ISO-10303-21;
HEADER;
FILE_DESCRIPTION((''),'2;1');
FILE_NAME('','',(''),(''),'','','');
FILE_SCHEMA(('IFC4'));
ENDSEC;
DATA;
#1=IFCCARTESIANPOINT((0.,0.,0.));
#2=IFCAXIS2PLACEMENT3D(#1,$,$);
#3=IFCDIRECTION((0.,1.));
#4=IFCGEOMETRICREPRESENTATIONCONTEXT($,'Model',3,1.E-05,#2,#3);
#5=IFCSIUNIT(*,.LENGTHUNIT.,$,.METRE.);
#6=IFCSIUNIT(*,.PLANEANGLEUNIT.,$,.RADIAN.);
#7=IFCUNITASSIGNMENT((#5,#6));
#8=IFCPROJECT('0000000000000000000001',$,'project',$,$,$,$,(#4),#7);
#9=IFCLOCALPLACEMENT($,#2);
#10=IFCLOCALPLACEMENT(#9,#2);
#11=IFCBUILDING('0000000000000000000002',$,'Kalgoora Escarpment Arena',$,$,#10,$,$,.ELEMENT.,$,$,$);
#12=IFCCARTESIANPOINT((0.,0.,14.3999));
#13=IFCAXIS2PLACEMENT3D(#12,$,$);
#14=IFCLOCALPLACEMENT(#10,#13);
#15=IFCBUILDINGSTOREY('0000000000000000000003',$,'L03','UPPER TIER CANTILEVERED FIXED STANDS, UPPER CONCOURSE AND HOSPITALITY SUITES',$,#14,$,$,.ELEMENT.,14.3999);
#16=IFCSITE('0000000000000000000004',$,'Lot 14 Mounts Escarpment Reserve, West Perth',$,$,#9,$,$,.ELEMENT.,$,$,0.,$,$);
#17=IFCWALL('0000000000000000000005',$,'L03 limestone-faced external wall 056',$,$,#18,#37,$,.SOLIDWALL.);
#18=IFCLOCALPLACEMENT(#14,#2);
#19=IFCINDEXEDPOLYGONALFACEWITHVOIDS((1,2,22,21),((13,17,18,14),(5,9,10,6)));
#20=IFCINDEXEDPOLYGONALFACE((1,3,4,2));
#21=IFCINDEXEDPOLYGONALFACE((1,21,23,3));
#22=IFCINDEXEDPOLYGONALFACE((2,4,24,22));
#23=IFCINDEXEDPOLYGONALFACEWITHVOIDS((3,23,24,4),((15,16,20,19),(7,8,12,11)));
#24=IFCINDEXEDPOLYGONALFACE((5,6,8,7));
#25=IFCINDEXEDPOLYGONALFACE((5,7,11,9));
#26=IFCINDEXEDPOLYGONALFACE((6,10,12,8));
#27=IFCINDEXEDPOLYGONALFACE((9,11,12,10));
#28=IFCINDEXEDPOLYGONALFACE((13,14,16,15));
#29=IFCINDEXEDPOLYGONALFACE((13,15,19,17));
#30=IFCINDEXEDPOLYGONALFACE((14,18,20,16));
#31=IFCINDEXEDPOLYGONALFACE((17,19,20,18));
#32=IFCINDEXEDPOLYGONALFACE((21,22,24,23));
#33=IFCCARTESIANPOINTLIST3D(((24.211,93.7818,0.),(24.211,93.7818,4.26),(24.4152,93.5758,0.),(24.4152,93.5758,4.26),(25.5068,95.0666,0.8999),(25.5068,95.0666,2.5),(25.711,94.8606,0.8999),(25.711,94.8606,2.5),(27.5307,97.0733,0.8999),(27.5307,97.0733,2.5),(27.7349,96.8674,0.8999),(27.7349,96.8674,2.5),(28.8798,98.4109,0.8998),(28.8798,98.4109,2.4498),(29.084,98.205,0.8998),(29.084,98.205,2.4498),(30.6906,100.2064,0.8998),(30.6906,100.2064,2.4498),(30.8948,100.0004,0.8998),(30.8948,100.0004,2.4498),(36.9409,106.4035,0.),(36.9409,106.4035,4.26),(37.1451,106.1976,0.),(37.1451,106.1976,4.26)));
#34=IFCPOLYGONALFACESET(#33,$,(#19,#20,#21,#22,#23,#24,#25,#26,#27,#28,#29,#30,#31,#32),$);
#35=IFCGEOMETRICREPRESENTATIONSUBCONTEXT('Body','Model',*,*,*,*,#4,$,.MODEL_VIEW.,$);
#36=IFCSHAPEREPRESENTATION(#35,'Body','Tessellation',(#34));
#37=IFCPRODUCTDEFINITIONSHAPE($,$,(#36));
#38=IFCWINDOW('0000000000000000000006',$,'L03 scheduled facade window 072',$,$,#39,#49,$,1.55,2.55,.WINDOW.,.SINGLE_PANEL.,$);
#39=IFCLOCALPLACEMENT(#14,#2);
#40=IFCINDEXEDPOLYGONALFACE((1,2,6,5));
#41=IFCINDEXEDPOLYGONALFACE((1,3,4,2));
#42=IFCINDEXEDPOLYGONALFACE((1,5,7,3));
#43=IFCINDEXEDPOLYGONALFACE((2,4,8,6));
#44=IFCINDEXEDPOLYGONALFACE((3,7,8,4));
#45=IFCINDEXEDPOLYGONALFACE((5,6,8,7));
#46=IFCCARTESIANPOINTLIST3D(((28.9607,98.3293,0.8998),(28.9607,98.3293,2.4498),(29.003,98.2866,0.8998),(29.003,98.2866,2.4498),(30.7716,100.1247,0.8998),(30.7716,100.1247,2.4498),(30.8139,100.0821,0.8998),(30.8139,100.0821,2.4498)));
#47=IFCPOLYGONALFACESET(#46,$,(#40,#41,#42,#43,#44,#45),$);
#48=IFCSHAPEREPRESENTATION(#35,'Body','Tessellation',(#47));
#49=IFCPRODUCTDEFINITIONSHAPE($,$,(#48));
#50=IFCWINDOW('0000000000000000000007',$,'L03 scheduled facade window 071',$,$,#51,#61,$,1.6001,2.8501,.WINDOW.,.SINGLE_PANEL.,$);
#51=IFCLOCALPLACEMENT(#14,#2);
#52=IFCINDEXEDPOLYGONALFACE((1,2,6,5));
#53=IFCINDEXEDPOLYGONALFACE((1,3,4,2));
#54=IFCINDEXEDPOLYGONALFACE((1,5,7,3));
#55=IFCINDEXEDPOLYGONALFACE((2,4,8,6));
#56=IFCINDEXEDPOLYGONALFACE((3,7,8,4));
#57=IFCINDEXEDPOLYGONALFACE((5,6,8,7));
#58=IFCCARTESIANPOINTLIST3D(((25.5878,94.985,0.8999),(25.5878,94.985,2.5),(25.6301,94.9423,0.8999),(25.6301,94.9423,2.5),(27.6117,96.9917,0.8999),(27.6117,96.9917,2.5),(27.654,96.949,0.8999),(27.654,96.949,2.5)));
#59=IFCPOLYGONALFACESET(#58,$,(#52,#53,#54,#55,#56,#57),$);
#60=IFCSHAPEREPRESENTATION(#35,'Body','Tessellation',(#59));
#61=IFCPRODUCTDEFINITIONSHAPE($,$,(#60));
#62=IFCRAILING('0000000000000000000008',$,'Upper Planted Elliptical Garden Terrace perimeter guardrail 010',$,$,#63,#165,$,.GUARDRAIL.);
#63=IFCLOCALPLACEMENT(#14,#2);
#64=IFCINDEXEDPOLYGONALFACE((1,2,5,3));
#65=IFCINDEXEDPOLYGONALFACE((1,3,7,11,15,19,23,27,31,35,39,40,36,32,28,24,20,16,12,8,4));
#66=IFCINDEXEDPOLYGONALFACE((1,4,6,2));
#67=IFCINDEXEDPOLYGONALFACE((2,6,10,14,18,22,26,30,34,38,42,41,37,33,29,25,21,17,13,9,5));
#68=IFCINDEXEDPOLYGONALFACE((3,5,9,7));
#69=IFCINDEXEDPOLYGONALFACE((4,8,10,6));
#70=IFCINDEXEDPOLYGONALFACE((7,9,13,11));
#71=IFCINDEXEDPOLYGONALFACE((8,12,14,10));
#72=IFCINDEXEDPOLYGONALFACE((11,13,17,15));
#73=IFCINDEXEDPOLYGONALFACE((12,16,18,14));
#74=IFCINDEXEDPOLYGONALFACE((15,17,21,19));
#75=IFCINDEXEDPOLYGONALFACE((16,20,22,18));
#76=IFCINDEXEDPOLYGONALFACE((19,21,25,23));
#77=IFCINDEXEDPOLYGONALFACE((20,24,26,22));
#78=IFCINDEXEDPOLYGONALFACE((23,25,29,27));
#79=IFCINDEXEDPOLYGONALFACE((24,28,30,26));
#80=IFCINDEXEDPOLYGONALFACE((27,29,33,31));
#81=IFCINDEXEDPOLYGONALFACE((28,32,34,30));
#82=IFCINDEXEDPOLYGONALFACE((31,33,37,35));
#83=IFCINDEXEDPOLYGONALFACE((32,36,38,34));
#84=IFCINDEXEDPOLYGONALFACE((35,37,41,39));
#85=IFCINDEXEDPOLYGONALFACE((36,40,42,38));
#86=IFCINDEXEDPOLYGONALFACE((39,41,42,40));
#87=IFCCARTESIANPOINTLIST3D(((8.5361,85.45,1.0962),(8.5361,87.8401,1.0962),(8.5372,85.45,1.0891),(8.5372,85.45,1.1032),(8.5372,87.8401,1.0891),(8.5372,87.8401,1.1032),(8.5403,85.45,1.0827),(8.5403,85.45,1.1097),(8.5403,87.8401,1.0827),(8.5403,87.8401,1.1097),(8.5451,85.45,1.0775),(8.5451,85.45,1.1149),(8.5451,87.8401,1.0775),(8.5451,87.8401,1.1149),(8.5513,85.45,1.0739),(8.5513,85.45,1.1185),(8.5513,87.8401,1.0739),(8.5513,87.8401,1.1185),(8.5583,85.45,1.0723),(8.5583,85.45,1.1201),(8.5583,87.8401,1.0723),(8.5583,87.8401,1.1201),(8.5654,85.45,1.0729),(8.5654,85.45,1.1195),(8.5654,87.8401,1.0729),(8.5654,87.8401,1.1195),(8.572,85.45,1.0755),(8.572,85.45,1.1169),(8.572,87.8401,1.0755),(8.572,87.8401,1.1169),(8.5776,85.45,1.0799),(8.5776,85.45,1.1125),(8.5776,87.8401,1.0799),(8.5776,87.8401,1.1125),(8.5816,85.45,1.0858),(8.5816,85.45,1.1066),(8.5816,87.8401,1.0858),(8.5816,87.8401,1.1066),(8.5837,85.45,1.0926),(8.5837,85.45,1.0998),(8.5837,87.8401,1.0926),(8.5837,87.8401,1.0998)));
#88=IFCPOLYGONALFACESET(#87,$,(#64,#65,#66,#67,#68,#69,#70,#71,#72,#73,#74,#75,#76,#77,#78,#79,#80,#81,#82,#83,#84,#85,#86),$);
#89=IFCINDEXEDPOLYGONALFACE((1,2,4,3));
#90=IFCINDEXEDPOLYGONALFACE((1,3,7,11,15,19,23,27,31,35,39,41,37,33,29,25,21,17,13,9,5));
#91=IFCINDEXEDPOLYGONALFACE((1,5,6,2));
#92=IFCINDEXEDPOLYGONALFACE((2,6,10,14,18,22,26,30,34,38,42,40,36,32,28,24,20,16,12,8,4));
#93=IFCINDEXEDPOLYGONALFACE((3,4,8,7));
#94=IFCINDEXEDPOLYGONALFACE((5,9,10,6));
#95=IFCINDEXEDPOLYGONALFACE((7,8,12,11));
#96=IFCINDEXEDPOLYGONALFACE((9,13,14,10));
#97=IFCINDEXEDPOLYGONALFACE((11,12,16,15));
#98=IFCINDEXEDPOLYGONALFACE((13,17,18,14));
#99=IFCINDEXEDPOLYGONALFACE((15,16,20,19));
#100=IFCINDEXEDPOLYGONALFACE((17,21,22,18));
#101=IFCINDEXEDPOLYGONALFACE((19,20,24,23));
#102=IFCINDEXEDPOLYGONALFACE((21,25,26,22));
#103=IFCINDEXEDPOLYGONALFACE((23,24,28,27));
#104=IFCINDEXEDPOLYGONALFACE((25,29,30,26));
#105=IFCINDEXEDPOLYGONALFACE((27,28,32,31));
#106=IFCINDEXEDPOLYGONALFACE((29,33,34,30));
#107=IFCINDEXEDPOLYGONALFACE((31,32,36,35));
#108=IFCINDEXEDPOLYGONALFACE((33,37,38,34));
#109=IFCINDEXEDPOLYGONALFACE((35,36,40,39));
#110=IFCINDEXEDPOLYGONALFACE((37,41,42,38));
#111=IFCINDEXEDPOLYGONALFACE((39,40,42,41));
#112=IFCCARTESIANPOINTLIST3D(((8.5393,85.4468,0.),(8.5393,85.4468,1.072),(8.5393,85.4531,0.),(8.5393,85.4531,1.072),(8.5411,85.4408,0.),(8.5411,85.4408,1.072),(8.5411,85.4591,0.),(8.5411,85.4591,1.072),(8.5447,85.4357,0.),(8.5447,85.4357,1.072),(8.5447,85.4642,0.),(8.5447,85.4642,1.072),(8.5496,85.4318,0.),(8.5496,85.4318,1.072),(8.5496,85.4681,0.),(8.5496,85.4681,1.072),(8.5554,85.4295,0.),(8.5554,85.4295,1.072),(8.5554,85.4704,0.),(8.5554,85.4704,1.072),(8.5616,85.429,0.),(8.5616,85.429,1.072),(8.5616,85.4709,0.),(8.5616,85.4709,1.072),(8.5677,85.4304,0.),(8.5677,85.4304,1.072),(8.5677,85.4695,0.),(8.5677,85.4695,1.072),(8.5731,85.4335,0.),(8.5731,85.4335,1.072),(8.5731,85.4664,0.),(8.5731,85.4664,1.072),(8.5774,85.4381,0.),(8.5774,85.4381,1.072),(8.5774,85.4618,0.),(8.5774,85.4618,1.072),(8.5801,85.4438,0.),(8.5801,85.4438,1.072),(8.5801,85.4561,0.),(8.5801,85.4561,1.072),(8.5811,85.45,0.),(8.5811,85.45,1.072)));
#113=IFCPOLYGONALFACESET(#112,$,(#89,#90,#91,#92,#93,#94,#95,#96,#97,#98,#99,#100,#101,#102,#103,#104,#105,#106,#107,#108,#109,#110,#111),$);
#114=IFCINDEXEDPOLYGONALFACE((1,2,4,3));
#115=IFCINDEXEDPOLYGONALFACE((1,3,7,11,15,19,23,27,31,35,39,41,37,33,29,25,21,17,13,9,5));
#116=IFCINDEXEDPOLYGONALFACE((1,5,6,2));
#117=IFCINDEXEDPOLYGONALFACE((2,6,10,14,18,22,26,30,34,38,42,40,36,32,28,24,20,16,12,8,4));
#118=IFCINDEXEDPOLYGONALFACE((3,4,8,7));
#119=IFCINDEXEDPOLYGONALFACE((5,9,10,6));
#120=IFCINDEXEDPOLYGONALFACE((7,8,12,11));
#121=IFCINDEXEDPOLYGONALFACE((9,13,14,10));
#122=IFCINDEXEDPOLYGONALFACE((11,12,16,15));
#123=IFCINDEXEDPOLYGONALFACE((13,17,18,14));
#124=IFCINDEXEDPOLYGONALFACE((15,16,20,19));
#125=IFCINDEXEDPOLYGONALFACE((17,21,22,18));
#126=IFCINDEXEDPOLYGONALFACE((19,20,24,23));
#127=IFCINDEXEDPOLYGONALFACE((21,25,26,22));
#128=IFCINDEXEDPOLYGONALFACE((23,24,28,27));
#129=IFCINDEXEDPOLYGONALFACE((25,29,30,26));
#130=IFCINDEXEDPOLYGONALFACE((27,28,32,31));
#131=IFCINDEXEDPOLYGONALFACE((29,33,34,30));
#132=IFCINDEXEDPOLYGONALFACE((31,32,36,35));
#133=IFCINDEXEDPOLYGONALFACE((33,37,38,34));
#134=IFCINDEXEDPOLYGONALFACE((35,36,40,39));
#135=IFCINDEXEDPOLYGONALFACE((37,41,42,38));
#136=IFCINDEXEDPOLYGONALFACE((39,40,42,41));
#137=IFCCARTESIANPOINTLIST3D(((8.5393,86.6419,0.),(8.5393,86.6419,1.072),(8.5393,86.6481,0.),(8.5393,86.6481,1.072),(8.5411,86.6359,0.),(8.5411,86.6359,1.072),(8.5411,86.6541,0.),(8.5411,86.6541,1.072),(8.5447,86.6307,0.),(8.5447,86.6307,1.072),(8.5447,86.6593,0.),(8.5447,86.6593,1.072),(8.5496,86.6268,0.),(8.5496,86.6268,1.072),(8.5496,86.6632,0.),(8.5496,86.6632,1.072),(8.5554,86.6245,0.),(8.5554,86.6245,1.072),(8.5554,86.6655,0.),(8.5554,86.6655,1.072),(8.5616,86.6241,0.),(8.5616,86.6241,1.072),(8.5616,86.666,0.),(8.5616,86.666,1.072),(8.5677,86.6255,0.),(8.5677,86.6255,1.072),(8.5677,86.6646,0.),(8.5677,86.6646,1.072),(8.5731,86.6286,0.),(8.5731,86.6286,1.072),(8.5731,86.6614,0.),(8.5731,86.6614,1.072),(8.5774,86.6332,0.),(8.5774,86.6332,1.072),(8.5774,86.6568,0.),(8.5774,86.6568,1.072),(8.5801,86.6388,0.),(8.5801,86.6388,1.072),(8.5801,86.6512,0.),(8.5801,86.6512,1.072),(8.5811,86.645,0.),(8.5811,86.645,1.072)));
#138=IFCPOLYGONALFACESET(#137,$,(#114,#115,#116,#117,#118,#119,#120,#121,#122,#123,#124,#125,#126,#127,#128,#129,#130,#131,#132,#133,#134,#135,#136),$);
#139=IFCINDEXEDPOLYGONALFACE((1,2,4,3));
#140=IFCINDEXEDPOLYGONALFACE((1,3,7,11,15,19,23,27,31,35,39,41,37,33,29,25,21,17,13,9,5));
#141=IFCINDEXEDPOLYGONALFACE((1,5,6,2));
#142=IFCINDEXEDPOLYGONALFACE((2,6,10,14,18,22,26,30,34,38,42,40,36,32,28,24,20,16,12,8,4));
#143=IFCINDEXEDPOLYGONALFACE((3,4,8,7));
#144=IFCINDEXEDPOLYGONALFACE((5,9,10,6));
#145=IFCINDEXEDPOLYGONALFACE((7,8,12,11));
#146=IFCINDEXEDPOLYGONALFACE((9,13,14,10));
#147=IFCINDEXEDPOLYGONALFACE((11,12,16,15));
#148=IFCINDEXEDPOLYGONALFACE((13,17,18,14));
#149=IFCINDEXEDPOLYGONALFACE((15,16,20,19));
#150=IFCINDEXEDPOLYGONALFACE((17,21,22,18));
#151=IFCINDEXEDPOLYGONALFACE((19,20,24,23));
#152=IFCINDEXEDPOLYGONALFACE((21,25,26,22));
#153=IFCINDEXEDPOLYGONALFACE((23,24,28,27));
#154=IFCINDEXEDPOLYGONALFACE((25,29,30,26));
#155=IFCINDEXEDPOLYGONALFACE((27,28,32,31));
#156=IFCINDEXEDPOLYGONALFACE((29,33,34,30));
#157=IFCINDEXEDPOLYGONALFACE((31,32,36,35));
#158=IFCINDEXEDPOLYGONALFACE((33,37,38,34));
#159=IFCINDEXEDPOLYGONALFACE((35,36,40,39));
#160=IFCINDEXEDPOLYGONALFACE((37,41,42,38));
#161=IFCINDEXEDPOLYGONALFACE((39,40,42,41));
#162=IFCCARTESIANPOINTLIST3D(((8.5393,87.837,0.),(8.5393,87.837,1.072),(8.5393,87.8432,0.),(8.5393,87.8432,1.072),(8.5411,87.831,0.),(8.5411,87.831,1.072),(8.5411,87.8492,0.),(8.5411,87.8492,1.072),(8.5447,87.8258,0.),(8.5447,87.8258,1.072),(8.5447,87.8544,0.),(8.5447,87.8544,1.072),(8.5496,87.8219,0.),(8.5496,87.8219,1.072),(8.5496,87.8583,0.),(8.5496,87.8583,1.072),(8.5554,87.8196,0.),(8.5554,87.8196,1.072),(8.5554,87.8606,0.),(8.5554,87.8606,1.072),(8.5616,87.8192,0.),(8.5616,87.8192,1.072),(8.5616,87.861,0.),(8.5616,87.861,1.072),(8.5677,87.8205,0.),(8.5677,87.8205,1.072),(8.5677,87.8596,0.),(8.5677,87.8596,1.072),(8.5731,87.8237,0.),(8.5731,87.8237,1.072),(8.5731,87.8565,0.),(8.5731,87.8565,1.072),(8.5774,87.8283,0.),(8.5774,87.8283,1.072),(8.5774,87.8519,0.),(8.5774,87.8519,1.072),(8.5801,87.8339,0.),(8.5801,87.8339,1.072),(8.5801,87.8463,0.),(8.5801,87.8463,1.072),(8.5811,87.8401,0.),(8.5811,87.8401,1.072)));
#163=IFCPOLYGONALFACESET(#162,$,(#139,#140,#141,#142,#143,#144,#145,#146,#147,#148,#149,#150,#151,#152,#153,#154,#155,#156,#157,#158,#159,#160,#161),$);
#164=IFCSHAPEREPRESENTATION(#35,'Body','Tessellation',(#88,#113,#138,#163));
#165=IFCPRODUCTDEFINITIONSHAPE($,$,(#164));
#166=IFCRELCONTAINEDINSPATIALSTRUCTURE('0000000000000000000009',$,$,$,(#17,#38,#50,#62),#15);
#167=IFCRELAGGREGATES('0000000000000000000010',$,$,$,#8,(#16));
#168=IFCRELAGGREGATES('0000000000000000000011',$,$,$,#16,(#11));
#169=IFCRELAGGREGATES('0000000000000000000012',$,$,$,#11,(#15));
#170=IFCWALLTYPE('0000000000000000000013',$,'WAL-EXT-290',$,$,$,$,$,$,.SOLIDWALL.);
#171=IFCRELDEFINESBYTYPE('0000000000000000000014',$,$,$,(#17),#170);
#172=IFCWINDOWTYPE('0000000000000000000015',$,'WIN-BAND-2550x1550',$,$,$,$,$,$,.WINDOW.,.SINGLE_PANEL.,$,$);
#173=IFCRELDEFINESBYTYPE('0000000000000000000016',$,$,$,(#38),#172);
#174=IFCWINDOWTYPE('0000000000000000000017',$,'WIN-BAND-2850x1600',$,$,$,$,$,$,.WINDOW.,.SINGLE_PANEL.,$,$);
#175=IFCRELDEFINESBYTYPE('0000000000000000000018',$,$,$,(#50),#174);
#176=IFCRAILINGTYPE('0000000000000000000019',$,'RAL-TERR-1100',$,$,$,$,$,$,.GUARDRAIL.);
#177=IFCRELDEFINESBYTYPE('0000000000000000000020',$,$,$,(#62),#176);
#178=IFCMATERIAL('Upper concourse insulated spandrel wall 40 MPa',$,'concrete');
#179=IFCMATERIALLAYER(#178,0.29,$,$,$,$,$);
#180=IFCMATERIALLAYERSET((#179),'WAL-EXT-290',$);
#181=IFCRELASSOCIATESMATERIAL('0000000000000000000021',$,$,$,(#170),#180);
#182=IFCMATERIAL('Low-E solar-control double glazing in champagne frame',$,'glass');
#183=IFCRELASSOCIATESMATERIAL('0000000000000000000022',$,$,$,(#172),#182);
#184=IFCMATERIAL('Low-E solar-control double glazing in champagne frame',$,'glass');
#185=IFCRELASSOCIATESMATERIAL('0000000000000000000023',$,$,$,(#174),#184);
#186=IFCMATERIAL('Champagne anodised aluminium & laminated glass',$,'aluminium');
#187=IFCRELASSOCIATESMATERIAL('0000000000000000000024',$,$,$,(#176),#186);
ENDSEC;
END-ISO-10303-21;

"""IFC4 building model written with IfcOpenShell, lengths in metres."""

from ifc_helpers import new_model, si_unit, direction, frame, frame_2d, origin, origin_2d, place, context, subcontext, project, spatial, rectangle, circle, extrude, material, layer, layer_set, type_object, element, fill, save


model = new_model("IFC4")

# Units and contexts
model_context = context("Model", 3, precision=1e-05, world=origin(), true_north=direction((0.0, 1.0)))
body_context = subcontext(model_context, "Body", "Model", "MODEL_VIEW")
ifc_project = project(units=[si_unit("LENGTHUNIT", "METRE"), si_unit("PLANEANGLEUNIT", "RADIAN")], contexts=[model_context])

# Site, building, storey
site_placement = place(None, origin())
site = spatial("IfcSite", under=ifc_project, at=site_placement, Name="Lot 14 Mounts Escarpment Reserve, West Perth", CompositionType="ELEMENT", RefElevation=0.0)
building_placement = place(site_placement, origin())
building = spatial("IfcBuilding", under=site, at=building_placement, Name="Kalgoora Escarpment Arena", CompositionType="ELEMENT")
storey_placement = place(building_placement, frame((0.0, 0.0, 14.3999)))
storey = spatial("IfcBuildingStorey", under=building, at=storey_placement, Name="L03", Description="UPPER TIER CANTILEVERED FIXED STANDS, UPPER CONCOURSE AND HOSPITALITY SUITES", CompositionType="ELEMENT", Elevation=14.3999)

# Shared definitions
ifc_material_1 = material(Name="Upper concourse insulated spandrel wall 40 MPa", Category="concrete")
ifc_layer_1 = layer(ifc_material_1, 0.29)
ifc_layer_set_1 = layer_set([ifc_layer_1], Name="WAL-EXT-290")
wall_type_1 = type_object("IfcWallType", Name="WAL-EXT-290", PredefinedType="SOLIDWALL", material=ifc_layer_set_1)

# Wall, openings, windows
wall_1_placement = place(storey_placement, frame((24.313, 93.6787, 0.0), z_axis=(0.0, 0.0, 1.0), x_axis=(0.710117, 0.704084, 0.0)))
wall_1 = element("IfcWall", 1, at=wall_1_placement, inside=storey, type_object=wall_type_1, Name="L03 limestone-faced external wall 056", PredefinedType="SOLIDWALL", context=body_context, shape_type="SweptSolid", body=[
    extrude(rectangle(XDim=17.9265, YDim=0.29, at=frame_2d((8.9634, 0.0))), origin(), (0.0, 0.0, 1.0), 4.26),
])
opening_1_placement = place(wall_1_placement, frame((1.825, 0.0, 0.8999)))
opening_1 = element("IfcOpeningElement", 2, at=opening_1_placement, cuts=wall_1, PredefinedType="OPENING", context=body_context, shape_type="SweptSolid", body=[
    extrude(rectangle(XDim=2.8501, YDim=1.6001, at=frame_2d((1.425, 0.8))), frame((0.0, 0.155, 0.0), z_axis=(0.0, -1.0, 0.0), x_axis=(1.0, 0.0, 0.0)), (0.0, 0.0, 1.0), 0.3101),
])
opening_2_placement = place(wall_1_placement, frame((6.575, 0.0, 0.8999)))
opening_2 = element("IfcOpeningElement", 3, at=opening_2_placement, cuts=wall_1, PredefinedType="OPENING", context=body_context, shape_type="SweptSolid", body=[
    extrude(rectangle(XDim=2.55, YDim=1.55, at=frame_2d((1.2749, 0.7749))), frame((0.0, 0.155, 0.0), z_axis=(0.0, -1.0, 0.0), x_axis=(1.0, 0.0, 0.0)), (0.0, 0.0, 1.0), 0.3101),
])
ifc_material_2 = material(Name="Low-E solar-control double glazing in champagne frame", Category="glass")
window_type_1 = type_object("IfcWindowType", Name="WIN-BAND-2550x1550", PartitioningType="SINGLE_PANEL", PredefinedType="WINDOW", material=ifc_material_2)
window_1_placement = place(opening_2_placement, origin())
window_1 = element("IfcWindow", 4, at=window_1_placement, inside=storey, type_object=window_type_1, Name="L03 scheduled facade window 072", OverallHeight=1.55, OverallWidth=2.55, PartitioningType="SINGLE_PANEL", PredefinedType="WINDOW", context=body_context, shape_type="SweptSolid", body=[
    extrude(rectangle(XDim=2.55, YDim=1.55, at=frame_2d((1.2749, 0.7749))), frame((0.0, 0.03, 0.0), z_axis=(0.0, -1.0, 0.0), x_axis=(1.0, 0.0, 0.0)), (0.0, 0.0, 1.0), 0.0601),
])
fill(opening_2, window_1)
ifc_material_3 = material(Name="Low-E solar-control double glazing in champagne frame", Category="glass")
window_type_2 = type_object("IfcWindowType", Name="WIN-BAND-2850x1600", PartitioningType="SINGLE_PANEL", PredefinedType="WINDOW", material=ifc_material_3)
window_2_placement = place(opening_1_placement, origin())
window_2 = element("IfcWindow", 5, at=window_2_placement, inside=storey, type_object=window_type_2, Name="L03 scheduled facade window 071", OverallHeight=1.6001, OverallWidth=2.8501, PartitioningType="SINGLE_PANEL", PredefinedType="WINDOW", context=body_context, shape_type="SweptSolid", body=[
    extrude(rectangle(XDim=2.8501, YDim=1.6001, at=frame_2d((1.425, 0.8))), frame((0.0, 0.03, 0.0), z_axis=(0.0, -1.0, 0.0), x_axis=(1.0, 0.0, 0.0)), (0.0, 0.0, 1.0), 0.0601),
])
fill(opening_1, window_2)

# Railing
ifc_material_4 = material(Name="Champagne anodised aluminium & laminated glass", Category="aluminium")
railing_type = type_object("IfcRailingType", Name="RAL-TERR-1100", PredefinedType="GUARDRAIL", material=ifc_material_4)
railing_1_placement = place(storey_placement, frame((8.5601, 85.45, 0.0)))
element("IfcRailing", 6, at=railing_1_placement, inside=storey, type_object=railing_type, Name="Upper Planted Elliptical Garden Terrace perimeter guardrail 010", PredefinedType="GUARDRAIL", context=body_context, shape_type="SweptSolid", body=[
    extrude(circle(Radius=0.0239, at=origin_2d()), frame((0.0, 0.0, 1.0962), z_axis=(0.0, 1.0, 0.0), x_axis=(-1.0, 0.0, 0.0)), (0.0, 0.0, 1.0), 2.3901),
    extrude(circle(Radius=0.021, at=origin_2d()), origin(), (0.0, 0.0, 1.0), 1.072),
    extrude(circle(Radius=0.021, at=origin_2d()), frame((0.0, 1.1951, 0.0)), (0.0, 0.0, 1.0), 1.072),
    extrude(circle(Radius=0.021, at=origin_2d()), frame((0.0, 2.3901, 0.0)), (0.0, 0.0, 1.0), 1.072),
])

save(model, "model.ifc")
